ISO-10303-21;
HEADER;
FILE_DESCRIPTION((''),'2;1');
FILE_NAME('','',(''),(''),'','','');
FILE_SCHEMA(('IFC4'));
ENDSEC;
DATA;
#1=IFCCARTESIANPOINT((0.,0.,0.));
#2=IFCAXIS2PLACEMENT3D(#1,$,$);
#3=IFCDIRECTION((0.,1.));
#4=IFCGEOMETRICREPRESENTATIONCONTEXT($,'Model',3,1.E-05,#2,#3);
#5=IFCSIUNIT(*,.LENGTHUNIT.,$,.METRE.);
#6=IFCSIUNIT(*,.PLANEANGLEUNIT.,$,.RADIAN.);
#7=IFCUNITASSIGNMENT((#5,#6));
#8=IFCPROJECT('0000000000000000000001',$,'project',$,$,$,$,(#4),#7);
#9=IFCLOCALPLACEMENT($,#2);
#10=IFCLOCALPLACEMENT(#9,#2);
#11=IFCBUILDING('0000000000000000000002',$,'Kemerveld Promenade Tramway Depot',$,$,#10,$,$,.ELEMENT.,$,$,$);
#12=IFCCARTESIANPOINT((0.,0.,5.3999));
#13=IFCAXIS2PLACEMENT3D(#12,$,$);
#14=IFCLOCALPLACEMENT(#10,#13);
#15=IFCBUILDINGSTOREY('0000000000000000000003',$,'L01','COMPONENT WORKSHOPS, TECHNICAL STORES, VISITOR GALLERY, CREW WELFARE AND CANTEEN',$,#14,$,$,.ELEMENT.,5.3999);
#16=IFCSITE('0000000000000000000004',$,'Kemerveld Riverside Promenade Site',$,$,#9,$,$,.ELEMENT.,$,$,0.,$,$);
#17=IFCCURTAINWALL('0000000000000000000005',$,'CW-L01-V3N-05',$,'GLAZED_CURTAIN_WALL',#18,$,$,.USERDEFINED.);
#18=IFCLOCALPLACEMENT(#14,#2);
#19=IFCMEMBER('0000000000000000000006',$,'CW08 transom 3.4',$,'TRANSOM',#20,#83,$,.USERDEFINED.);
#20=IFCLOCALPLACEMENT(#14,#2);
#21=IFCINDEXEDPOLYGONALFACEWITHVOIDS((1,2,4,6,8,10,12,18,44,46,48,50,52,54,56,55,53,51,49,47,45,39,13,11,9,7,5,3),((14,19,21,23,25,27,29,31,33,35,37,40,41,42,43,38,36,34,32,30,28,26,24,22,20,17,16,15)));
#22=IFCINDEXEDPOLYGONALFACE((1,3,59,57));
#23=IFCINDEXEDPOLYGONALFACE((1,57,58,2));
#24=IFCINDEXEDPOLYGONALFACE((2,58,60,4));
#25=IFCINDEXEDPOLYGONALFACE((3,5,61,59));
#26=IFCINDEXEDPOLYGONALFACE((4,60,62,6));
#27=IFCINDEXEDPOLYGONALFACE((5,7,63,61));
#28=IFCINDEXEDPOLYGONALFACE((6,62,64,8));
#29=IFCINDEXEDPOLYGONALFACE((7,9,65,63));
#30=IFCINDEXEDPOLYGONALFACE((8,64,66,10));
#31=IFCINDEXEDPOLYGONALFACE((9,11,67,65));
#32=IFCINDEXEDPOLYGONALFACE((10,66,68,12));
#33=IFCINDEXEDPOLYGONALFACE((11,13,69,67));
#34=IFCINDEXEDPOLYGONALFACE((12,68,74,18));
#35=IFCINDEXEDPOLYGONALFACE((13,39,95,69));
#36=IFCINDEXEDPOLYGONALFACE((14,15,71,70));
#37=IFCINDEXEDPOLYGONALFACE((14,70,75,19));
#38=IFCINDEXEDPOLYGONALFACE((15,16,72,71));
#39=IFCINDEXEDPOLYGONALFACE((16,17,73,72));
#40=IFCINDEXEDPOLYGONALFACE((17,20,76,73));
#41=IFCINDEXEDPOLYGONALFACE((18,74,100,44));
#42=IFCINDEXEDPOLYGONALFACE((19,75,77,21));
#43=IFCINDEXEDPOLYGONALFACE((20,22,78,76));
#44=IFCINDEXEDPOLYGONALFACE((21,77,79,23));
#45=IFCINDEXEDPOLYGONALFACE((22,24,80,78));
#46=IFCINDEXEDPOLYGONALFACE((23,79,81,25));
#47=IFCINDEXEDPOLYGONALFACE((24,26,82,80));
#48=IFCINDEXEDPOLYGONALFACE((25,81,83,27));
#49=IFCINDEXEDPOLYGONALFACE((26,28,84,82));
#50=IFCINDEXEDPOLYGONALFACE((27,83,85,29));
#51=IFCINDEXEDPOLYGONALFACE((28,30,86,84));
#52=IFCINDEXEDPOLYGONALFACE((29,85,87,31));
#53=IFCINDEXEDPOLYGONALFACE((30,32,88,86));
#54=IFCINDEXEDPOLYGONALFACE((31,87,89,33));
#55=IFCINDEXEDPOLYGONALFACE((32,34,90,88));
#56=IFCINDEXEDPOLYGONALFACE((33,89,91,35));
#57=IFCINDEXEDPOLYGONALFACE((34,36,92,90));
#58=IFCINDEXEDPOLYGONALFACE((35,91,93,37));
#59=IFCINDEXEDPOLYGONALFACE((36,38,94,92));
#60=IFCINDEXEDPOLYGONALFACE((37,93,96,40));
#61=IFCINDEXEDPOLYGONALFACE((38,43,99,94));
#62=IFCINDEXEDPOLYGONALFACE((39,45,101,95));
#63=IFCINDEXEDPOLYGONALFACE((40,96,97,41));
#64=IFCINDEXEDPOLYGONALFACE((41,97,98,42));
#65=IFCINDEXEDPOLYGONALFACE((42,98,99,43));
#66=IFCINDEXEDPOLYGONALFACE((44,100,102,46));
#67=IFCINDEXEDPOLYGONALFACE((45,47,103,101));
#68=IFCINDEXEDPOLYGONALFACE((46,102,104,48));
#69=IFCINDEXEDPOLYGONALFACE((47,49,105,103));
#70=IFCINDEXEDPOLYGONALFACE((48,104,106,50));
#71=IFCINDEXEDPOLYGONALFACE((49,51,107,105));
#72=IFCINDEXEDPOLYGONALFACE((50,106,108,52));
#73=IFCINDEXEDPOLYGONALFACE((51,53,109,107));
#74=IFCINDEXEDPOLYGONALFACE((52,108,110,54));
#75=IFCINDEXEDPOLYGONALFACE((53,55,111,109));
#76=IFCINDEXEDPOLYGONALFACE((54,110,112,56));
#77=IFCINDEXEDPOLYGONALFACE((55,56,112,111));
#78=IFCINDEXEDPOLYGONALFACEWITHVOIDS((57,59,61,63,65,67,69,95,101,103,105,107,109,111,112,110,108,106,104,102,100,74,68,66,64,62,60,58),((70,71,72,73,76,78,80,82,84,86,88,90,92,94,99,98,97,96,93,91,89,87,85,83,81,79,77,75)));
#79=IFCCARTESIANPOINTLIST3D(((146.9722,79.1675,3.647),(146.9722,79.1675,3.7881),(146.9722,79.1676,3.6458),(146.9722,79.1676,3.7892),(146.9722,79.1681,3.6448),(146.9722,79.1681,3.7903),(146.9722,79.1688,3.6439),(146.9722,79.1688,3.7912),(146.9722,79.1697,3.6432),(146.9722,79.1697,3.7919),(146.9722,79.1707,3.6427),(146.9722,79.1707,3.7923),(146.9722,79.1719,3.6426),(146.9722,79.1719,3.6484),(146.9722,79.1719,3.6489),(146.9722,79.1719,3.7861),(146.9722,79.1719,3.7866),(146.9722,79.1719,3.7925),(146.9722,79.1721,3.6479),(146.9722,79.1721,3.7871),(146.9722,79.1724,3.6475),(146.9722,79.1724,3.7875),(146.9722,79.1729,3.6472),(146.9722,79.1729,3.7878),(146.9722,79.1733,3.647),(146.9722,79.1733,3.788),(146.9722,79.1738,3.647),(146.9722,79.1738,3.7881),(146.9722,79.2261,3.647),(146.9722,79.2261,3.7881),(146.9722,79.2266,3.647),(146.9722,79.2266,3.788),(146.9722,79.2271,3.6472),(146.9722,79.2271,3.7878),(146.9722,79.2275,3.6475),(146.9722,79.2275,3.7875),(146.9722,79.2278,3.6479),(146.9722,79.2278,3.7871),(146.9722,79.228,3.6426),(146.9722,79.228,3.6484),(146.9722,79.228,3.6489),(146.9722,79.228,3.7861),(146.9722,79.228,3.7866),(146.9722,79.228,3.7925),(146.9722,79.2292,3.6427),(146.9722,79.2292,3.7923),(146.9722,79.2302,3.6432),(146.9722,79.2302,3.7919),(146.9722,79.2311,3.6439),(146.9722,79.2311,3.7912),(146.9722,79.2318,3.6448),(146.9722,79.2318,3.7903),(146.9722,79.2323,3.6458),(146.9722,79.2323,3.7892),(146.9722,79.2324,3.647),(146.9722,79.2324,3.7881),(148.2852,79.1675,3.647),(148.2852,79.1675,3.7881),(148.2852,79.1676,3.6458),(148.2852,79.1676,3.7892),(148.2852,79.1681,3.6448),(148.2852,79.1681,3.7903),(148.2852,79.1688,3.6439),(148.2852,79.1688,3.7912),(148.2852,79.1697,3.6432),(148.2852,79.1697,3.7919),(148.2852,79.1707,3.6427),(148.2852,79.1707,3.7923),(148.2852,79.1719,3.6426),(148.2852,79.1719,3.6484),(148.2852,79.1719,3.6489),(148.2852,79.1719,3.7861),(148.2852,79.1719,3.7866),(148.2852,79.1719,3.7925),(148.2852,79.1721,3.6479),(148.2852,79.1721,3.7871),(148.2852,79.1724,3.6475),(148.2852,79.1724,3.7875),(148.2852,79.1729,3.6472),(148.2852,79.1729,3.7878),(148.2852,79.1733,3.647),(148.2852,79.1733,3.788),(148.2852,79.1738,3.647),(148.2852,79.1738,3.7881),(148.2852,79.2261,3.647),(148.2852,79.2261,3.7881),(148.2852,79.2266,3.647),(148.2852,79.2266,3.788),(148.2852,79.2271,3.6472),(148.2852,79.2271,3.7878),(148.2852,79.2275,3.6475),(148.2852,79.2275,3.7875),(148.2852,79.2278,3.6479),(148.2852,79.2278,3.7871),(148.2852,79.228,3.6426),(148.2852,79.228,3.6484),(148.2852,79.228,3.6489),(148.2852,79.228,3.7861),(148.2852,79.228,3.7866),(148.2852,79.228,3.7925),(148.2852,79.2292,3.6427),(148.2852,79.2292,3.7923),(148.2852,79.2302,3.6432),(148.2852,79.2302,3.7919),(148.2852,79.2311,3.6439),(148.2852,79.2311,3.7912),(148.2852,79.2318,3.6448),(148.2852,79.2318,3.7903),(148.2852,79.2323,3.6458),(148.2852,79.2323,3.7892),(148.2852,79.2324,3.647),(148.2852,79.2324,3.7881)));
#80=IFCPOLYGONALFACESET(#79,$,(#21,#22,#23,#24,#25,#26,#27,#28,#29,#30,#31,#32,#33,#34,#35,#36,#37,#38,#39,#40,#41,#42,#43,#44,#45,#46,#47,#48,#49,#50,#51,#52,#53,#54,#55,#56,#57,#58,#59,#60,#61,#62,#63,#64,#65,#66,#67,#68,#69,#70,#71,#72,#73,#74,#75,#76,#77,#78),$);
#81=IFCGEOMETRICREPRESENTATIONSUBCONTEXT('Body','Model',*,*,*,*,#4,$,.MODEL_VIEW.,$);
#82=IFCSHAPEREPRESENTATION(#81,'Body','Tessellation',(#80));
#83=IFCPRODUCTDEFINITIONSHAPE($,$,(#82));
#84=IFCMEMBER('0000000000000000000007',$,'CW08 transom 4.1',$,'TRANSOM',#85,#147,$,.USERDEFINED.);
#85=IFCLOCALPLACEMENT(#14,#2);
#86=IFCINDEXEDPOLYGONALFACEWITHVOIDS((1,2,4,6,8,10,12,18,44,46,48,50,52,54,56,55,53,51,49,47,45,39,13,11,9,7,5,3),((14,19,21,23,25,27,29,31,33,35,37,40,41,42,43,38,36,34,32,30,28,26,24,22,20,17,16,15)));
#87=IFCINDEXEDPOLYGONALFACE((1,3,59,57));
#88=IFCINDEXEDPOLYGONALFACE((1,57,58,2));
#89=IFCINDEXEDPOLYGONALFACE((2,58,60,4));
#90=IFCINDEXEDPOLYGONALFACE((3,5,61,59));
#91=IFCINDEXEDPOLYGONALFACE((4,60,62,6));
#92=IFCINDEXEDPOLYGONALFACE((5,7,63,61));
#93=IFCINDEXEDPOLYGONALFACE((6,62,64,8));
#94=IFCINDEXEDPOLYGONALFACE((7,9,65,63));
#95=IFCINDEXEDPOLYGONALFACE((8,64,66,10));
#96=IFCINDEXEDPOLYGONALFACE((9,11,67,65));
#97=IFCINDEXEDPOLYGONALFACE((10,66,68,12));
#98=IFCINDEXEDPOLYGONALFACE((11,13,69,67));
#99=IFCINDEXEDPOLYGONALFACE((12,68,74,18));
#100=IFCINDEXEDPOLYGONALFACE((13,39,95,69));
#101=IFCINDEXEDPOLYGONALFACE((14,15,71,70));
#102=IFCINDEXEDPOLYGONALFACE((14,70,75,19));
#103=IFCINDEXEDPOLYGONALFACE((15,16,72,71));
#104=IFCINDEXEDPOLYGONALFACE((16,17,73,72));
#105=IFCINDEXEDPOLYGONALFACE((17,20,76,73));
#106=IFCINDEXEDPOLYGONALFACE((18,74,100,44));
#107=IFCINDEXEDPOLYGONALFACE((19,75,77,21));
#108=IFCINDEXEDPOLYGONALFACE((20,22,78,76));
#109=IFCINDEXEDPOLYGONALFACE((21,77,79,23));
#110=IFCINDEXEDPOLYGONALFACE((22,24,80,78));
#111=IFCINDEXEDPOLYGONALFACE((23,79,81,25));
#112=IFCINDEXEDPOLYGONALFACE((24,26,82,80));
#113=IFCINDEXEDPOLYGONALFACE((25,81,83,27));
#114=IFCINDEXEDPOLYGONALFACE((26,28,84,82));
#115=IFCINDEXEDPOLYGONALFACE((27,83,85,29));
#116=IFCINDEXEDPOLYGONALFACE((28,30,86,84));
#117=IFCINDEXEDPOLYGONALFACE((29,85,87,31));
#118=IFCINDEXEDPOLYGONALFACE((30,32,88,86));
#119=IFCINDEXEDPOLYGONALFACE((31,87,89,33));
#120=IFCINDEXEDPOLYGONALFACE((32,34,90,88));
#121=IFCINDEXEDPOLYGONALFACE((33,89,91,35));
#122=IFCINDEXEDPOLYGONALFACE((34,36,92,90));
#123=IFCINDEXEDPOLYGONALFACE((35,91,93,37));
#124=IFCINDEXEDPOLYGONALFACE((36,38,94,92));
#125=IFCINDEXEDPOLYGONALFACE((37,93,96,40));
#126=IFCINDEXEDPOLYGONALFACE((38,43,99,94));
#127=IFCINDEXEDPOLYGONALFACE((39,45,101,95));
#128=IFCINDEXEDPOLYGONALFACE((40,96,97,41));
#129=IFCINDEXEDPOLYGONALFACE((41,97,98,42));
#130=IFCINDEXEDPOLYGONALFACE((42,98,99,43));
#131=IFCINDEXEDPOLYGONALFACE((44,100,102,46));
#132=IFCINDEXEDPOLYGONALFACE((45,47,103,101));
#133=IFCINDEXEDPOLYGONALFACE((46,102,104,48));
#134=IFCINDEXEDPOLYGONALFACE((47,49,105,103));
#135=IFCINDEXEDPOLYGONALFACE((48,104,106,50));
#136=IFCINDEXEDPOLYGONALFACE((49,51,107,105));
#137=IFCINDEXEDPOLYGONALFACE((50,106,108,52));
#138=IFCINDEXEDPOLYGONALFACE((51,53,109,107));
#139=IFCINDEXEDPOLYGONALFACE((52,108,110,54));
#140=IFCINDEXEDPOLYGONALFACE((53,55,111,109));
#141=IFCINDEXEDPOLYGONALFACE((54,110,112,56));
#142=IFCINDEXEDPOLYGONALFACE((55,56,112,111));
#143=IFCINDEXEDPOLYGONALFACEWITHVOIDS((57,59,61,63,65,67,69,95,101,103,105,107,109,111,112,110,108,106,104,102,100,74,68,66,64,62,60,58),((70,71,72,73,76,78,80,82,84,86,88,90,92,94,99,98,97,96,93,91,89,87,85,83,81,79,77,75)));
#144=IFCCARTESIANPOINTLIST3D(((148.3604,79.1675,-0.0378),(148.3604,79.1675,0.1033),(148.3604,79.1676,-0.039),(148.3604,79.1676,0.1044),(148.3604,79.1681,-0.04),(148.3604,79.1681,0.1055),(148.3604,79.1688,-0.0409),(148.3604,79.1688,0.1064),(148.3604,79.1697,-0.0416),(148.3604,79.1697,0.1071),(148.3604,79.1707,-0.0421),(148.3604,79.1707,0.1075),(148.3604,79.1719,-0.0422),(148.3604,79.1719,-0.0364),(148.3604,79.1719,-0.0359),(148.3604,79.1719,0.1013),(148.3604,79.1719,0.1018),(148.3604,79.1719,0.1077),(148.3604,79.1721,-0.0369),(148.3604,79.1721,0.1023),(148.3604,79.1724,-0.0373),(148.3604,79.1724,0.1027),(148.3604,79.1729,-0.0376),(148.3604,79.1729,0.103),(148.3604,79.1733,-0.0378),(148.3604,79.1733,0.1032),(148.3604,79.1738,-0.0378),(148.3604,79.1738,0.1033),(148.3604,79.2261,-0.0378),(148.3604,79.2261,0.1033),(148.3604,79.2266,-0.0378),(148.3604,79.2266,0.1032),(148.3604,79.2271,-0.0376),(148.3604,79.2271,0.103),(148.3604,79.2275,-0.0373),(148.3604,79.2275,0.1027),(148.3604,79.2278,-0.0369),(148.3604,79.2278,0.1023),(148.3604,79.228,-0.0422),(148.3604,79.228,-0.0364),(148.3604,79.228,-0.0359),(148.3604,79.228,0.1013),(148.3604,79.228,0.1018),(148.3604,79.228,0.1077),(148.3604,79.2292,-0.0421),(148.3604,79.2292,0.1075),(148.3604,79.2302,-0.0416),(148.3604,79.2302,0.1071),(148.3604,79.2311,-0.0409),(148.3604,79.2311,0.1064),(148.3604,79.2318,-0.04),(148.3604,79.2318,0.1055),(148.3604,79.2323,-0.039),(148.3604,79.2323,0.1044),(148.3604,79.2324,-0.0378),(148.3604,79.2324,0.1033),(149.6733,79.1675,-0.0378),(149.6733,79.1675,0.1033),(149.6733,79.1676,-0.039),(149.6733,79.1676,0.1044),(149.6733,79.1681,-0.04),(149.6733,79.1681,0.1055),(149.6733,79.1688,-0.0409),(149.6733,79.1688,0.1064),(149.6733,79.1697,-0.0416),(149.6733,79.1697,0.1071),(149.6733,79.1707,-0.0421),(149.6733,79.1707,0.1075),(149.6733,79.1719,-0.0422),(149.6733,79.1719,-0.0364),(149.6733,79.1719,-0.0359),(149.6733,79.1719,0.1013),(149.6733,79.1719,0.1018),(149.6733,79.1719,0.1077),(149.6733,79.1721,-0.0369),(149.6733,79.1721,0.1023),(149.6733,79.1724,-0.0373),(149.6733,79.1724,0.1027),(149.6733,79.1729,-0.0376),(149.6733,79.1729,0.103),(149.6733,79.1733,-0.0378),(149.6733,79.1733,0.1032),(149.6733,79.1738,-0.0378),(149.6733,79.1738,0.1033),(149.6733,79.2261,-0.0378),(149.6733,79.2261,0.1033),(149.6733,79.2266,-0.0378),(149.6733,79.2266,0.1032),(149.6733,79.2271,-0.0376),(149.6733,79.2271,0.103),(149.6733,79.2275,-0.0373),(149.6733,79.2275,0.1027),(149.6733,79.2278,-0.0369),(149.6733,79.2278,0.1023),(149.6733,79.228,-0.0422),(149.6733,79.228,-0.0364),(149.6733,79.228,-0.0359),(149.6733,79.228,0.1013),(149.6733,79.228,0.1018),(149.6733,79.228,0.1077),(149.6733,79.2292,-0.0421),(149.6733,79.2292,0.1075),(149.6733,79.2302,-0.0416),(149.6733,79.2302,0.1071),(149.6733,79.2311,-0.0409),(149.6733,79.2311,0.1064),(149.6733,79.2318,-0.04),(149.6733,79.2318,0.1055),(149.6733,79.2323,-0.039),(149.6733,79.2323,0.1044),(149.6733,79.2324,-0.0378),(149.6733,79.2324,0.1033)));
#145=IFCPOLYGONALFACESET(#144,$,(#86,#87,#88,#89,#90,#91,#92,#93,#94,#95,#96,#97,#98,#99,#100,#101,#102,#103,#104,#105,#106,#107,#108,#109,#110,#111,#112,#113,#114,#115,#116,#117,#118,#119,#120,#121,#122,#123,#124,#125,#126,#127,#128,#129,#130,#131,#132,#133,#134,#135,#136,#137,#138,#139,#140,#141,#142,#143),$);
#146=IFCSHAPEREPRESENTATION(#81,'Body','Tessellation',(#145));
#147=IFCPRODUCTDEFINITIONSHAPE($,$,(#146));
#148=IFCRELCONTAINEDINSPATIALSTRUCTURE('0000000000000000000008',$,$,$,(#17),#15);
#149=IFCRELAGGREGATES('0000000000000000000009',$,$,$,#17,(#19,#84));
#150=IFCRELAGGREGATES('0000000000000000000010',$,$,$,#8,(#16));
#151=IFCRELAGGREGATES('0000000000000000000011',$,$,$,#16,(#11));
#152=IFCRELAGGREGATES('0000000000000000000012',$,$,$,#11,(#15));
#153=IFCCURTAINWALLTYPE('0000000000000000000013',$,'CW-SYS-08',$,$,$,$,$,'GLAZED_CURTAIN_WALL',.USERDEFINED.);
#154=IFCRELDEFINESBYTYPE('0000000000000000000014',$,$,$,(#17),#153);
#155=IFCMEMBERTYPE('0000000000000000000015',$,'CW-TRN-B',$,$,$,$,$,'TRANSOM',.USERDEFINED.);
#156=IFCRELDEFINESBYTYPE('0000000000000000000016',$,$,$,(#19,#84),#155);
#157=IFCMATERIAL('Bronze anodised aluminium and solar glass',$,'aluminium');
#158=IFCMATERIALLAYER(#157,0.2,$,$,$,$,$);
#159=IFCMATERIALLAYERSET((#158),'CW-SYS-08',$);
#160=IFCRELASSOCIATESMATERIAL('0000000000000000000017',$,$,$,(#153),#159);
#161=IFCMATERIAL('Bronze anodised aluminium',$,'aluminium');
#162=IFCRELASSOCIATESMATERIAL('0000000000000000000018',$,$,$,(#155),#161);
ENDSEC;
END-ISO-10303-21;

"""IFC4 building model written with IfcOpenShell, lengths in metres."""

from ifc_helpers import new_model, si_unit, direction, frame, origin, origin_2d, place, context, subcontext, project, spatial, hollow_rectangle, extrude, material, layer, layer_set, material_profile, profile_set, type_object, element, aggregate, save


model = new_model("IFC4")

# Units and contexts
model_context = context("Model", 3, precision=1e-05, world=origin(), true_north=direction((0.0, 1.0)))
body_context = subcontext(model_context, "Body", "Model", "MODEL_VIEW")
ifc_project = project(units=[si_unit("LENGTHUNIT", "METRE"), si_unit("PLANEANGLEUNIT", "RADIAN")], contexts=[model_context])

# Site, building, storey
site_placement = place(None, origin())
site = spatial("IfcSite", under=ifc_project, at=site_placement, Name="Kemerveld Riverside Promenade Site", CompositionType="ELEMENT", RefElevation=0.0)
building_placement = place(site_placement, origin())
building = spatial("IfcBuilding", under=site, at=building_placement, Name="Kemerveld Promenade Tramway Depot", CompositionType="ELEMENT")
storey_placement = place(building_placement, frame((0.0, 0.0, 5.3999)))
storey = spatial("IfcBuildingStorey", under=building, at=storey_placement, Name="L01", Description="COMPONENT WORKSHOPS, TECHNICAL STORES, VISITOR GALLERY, CREW WELFARE AND CANTEEN", CompositionType="ELEMENT", Elevation=5.3999)

# Curtain wall, members
ifc_material_1 = material(Name="Bronze anodised aluminium and solar glass", Category="aluminium")
ifc_layer_1 = layer(ifc_material_1, 0.2)
ifc_layer_set_1 = layer_set([ifc_layer_1], Name="CW-SYS-08")
curtain_wall_type = type_object("IfcCurtainWallType", Name="CW-SYS-08", ElementType="GLAZED_CURTAIN_WALL", PredefinedType="USERDEFINED", material=ifc_layer_set_1)
curtain_wall_placement = place(storey_placement, origin())
curtain_wall = element("IfcCurtainWall", 1, at=curtain_wall_placement, inside=storey, type_object=curtain_wall_type, Name="CW-L01-V3N-05", ObjectType="GLAZED_CURTAIN_WALL", PredefinedType="USERDEFINED")
ifc_material_2 = material(Name="Bronze anodised aluminium", Category="aluminium")
ifc_material_profile_1 = material_profile(ifc_material_2, hollow_rectangle(XDim=0.0649, YDim=0.1499, WallThickness=0.0044, InnerFilletRadius=0.002, OuterFilletRadius=0.0044, at=origin_2d()), Name="CW-TRN-150x65")
ifc_profile_set_1 = profile_set([ifc_material_profile_1], Name="Bronze anodised aluminium")
member_type_1 = type_object("IfcMemberType", Name="CW-TRN-B", ElementType="TRANSOM", PredefinedType="USERDEFINED", material=ifc_profile_set_1)
member_1_placement = place(storey_placement, frame((146.9722, 79.2, 3.7175), z_axis=(1.0, 0.0, 0.0), x_axis=(0.0, 1.0, 0.0)))
member_1 = element("IfcMember", 2, at=member_1_placement, type_object=member_type_1, Name="CW08 transom 3.4", ObjectType="TRANSOM", PredefinedType="USERDEFINED", context=body_context, shape_type="SweptSolid", body=[
    extrude(hollow_rectangle(XDim=0.0649, YDim=0.1499, WallThickness=0.0044, InnerFilletRadius=0.002, OuterFilletRadius=0.0044, at=origin_2d()), origin(), (0.0, 0.0, 1.0), 1.313),
])
member_2_placement = place(storey_placement, frame((148.3604, 79.2, 0.0327), z_axis=(1.0, 0.0, 0.0), x_axis=(0.0, 1.0, 0.0)))
member_2 = element("IfcMember", 3, at=member_2_placement, type_object=member_type_1, Name="CW08 transom 4.1", ObjectType="TRANSOM", PredefinedType="USERDEFINED", context=body_context, shape_type="SweptSolid", body=[
    extrude(hollow_rectangle(XDim=0.0649, YDim=0.1499, WallThickness=0.0044, InnerFilletRadius=0.002, OuterFilletRadius=0.0044, at=origin_2d()), origin(), (0.0, 0.0, 1.0), 1.313),
])
aggregate(curtain_wall, [member_1, member_2])

save(model, "model.ifc")
